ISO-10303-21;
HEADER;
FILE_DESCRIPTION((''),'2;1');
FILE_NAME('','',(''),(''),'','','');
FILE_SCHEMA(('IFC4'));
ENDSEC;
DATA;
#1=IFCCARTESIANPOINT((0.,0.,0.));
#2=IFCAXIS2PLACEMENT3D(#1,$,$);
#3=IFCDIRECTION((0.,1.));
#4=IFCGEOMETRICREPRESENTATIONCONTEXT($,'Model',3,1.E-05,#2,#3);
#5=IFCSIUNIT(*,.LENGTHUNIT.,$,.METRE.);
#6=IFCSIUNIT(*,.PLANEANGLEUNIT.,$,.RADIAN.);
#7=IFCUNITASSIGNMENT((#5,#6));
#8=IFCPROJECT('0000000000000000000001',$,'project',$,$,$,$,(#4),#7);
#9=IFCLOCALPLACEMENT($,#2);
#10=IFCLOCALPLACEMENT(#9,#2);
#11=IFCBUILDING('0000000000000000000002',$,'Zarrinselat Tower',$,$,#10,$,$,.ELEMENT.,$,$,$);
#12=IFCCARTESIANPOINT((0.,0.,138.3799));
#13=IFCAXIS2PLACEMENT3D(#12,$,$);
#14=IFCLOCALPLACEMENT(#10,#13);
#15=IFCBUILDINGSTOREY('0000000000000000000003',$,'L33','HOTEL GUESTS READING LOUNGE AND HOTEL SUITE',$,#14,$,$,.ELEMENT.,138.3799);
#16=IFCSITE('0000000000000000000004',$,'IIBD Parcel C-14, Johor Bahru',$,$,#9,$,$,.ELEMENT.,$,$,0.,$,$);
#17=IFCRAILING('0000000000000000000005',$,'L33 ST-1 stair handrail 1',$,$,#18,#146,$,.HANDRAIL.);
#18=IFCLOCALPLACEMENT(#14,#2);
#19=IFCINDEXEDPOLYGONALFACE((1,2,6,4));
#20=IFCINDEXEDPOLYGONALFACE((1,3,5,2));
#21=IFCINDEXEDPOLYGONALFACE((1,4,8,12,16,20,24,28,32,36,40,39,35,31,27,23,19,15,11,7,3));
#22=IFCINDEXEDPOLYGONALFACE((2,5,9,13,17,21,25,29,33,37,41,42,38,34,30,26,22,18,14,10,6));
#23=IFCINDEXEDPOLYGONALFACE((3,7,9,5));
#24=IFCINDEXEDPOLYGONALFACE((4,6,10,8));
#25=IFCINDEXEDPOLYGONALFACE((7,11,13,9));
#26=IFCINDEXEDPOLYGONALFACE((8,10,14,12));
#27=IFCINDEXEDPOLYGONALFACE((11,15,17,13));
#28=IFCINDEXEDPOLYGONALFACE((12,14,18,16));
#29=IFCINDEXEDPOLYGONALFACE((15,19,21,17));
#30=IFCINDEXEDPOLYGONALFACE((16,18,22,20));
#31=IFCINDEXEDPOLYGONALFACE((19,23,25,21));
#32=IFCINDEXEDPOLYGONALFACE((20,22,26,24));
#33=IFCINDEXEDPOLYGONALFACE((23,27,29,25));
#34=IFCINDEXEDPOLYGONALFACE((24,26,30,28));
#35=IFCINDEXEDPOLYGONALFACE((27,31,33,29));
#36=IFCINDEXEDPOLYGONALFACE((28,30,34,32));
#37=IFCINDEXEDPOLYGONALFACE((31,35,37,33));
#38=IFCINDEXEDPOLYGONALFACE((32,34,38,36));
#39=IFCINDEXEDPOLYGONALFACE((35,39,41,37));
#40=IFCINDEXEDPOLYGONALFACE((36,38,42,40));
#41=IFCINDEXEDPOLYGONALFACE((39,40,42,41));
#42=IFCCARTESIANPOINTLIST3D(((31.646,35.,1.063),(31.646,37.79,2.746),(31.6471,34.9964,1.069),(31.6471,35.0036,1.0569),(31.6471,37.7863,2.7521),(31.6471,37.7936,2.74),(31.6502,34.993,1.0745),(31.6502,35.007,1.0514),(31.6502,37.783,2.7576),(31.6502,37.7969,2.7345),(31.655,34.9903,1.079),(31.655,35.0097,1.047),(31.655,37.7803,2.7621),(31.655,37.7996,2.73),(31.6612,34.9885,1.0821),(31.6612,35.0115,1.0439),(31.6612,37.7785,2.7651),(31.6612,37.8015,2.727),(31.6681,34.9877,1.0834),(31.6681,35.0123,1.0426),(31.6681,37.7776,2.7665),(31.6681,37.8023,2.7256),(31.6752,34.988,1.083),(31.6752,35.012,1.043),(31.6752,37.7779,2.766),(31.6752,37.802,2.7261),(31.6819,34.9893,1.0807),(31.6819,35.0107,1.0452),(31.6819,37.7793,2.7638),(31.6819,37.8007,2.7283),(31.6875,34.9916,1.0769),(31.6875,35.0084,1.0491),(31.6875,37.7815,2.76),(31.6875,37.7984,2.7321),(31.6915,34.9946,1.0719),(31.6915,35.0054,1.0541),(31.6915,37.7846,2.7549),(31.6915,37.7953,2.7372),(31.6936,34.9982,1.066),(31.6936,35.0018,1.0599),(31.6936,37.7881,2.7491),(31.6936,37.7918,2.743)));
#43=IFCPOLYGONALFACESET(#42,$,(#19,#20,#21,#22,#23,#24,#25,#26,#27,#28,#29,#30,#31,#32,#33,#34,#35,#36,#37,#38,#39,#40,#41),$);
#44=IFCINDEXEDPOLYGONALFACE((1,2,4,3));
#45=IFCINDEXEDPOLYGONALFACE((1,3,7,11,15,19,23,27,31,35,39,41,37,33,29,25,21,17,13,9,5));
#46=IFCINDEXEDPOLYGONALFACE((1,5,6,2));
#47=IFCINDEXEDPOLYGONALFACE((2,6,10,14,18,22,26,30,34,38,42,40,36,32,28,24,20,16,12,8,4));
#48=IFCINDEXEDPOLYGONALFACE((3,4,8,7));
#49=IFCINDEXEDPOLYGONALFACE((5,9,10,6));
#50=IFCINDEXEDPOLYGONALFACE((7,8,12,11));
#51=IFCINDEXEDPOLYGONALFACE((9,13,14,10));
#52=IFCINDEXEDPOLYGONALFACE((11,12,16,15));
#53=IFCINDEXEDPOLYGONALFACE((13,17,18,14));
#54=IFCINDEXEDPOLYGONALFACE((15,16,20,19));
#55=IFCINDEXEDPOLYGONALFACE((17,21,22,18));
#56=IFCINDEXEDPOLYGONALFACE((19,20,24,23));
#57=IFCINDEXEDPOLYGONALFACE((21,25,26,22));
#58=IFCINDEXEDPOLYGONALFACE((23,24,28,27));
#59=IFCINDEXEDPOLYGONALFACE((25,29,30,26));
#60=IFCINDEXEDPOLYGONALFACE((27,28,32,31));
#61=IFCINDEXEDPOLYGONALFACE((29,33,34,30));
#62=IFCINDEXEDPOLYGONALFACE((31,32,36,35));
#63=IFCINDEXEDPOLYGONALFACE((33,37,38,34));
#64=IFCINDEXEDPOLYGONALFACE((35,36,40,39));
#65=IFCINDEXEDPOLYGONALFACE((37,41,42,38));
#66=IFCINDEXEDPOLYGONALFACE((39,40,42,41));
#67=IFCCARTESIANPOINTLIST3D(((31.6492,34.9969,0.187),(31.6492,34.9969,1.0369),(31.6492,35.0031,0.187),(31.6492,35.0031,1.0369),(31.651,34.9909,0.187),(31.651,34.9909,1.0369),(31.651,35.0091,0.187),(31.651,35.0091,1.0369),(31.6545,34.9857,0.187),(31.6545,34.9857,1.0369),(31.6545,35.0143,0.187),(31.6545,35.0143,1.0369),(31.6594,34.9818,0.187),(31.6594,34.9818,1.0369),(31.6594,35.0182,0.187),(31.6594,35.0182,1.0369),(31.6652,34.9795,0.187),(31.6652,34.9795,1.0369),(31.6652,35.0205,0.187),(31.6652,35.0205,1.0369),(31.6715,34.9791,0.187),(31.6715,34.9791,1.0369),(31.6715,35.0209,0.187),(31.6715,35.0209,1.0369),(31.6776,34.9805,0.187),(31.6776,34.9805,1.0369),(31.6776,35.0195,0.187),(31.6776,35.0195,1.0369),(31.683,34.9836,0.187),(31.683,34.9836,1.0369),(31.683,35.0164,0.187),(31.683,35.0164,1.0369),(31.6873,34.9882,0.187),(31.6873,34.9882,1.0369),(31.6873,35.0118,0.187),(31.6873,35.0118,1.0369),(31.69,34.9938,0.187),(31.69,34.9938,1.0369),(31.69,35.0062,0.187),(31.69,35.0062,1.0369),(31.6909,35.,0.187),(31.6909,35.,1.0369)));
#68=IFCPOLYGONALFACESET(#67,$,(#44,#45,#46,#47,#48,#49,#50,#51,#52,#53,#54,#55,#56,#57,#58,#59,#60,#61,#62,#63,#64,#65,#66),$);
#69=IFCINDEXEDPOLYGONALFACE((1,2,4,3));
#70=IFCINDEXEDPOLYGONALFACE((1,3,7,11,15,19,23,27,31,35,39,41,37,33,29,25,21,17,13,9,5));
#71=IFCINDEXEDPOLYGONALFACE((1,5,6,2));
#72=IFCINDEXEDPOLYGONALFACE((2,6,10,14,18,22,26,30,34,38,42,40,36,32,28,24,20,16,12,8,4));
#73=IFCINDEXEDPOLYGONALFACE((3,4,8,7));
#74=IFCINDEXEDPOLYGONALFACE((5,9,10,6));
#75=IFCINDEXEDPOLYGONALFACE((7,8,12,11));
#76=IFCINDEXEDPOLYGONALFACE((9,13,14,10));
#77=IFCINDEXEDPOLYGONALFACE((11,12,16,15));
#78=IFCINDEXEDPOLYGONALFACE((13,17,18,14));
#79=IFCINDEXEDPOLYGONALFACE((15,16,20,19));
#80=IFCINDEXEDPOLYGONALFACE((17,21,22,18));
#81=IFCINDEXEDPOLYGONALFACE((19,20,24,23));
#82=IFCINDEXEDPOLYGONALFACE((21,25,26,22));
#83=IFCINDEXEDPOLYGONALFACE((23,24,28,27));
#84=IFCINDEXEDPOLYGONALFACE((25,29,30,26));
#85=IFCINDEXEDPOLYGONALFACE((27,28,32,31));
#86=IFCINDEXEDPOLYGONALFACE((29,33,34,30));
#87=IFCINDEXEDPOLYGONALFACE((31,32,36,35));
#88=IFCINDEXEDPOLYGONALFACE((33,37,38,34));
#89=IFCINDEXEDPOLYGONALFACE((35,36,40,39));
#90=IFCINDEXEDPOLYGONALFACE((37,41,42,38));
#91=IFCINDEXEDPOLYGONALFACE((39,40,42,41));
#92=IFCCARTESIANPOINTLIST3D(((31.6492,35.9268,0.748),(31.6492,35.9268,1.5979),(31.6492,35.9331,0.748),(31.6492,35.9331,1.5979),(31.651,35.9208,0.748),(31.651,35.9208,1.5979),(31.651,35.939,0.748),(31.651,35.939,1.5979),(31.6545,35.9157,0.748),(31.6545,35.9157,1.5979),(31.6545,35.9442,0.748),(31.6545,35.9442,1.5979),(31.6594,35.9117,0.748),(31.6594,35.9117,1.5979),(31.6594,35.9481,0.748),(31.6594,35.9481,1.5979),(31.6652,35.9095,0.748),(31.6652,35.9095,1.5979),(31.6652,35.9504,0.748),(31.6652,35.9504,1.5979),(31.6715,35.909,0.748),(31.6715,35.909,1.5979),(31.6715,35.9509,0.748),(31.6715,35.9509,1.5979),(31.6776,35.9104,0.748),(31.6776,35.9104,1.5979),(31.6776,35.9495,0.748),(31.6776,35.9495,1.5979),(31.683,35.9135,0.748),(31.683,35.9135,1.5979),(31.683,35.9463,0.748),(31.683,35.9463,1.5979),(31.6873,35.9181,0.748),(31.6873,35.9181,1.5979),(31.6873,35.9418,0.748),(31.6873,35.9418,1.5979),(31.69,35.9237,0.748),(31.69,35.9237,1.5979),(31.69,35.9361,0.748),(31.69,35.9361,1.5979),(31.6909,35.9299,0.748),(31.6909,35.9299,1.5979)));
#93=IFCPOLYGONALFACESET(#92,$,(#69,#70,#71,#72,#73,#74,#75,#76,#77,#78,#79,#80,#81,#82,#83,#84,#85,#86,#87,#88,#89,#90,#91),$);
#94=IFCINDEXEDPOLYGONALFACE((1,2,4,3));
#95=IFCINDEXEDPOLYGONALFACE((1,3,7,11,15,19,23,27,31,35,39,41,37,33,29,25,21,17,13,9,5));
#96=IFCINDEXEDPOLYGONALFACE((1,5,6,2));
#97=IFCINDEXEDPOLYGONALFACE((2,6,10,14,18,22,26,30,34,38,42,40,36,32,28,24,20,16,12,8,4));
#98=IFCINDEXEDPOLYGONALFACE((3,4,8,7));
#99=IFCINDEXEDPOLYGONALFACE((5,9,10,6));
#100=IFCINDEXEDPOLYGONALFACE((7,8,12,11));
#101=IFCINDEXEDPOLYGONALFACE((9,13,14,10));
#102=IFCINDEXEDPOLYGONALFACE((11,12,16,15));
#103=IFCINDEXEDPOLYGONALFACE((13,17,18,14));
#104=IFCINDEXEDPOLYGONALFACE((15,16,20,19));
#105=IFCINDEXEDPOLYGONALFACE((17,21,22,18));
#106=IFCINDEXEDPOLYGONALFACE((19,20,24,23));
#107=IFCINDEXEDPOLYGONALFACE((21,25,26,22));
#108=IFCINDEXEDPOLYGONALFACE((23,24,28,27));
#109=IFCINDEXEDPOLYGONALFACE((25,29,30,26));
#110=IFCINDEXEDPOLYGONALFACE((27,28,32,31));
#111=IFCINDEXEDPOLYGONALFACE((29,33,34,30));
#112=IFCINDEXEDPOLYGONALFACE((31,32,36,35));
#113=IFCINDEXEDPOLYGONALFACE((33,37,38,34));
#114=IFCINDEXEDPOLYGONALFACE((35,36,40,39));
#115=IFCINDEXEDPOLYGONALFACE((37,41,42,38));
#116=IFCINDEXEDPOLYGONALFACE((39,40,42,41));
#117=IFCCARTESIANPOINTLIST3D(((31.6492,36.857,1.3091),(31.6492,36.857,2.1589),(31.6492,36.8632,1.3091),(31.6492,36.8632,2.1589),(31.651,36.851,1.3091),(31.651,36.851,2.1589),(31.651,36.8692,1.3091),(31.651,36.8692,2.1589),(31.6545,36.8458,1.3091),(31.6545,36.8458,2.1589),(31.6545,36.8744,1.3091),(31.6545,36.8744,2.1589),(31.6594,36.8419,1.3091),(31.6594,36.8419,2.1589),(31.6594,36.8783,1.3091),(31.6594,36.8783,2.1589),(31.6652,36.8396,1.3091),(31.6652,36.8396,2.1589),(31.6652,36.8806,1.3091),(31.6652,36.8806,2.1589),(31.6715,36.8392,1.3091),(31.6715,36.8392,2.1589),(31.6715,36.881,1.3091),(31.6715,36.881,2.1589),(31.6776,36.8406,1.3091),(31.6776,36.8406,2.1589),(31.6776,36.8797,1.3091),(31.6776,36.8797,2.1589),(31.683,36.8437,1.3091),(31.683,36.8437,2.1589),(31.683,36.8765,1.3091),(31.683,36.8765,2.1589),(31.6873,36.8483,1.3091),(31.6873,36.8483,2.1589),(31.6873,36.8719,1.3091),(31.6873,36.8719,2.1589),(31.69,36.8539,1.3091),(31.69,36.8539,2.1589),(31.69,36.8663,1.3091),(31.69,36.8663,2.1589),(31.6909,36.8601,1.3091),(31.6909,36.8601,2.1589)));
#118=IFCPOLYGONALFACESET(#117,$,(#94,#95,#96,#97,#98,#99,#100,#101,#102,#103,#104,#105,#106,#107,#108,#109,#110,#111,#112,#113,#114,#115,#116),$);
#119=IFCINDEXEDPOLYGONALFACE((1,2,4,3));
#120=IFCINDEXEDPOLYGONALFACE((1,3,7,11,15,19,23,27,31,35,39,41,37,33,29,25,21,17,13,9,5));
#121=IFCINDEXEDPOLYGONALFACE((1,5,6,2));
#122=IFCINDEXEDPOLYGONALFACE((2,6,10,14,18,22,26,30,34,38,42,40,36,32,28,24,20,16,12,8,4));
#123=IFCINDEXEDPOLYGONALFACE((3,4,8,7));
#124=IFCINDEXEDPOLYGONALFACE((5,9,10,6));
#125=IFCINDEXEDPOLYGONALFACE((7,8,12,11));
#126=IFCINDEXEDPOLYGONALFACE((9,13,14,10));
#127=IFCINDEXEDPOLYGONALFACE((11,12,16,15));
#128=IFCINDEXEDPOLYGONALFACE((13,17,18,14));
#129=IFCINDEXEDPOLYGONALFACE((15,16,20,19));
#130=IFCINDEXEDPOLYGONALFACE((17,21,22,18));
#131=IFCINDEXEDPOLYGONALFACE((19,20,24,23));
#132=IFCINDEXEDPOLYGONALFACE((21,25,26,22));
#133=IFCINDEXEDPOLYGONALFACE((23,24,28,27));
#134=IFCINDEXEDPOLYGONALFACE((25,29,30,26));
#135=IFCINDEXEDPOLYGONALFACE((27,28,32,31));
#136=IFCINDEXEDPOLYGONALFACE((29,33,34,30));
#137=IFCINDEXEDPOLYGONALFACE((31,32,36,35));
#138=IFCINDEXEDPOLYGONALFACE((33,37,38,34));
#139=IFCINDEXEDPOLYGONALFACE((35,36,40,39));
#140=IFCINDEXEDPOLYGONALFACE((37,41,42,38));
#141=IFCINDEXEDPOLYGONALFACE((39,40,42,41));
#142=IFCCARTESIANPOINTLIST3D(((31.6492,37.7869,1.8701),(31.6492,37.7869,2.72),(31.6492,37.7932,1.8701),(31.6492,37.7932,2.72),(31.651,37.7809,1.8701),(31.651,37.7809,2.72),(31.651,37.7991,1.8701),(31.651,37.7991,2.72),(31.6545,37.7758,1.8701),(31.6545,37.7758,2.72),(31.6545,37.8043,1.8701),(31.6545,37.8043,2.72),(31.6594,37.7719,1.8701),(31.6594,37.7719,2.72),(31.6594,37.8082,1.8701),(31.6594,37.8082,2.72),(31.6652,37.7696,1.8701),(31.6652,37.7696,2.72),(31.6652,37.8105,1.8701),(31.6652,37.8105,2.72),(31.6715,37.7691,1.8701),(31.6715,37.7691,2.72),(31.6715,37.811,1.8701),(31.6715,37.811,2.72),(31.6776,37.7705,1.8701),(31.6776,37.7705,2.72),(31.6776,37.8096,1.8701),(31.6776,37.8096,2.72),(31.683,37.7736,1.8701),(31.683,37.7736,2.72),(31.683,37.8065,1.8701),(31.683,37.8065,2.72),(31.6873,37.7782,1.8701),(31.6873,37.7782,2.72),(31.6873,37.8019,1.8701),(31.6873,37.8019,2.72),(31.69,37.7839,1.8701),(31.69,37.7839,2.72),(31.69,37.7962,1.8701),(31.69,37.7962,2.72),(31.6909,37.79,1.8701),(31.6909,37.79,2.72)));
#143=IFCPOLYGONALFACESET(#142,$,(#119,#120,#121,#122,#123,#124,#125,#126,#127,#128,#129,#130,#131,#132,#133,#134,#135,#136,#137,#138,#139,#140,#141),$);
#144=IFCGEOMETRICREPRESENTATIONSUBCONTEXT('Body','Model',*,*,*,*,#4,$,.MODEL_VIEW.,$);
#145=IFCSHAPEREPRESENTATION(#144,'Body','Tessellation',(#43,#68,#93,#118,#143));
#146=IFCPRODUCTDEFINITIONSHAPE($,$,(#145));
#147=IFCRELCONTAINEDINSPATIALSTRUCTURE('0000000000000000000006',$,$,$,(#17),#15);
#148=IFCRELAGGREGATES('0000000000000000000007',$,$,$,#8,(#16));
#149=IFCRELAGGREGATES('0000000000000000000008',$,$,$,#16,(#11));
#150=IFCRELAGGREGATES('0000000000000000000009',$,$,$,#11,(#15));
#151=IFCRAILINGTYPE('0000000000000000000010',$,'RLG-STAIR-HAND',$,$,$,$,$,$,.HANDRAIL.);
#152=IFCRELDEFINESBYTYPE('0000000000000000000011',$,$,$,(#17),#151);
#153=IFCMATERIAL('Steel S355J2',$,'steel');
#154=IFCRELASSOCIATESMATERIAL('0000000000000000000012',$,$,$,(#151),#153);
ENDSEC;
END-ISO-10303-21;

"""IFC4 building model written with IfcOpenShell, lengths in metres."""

from ifc_helpers import new_model, si_unit, direction, frame, origin, origin_2d, place, context, subcontext, project, spatial, circle, extrude, material, type_object, element, save


model = new_model("IFC4")

# Units and contexts
model_context = context("Model", 3, precision=1e-05, world=origin(), true_north=direction((0.0, 1.0)))
body_context = subcontext(model_context, "Body", "Model", "MODEL_VIEW")
ifc_project = project(units=[si_unit("LENGTHUNIT", "METRE"), si_unit("PLANEANGLEUNIT", "RADIAN")], contexts=[model_context])

# Site, building, storey
site_placement = place(None, origin())
site = spatial("IfcSite", under=ifc_project, at=site_placement, Name="IIBD Parcel C-14, Johor Bahru", CompositionType="ELEMENT", RefElevation=0.0)
building_placement = place(site_placement, origin())
building = spatial("IfcBuilding", under=site, at=building_placement, Name="Zarrinselat Tower", CompositionType="ELEMENT")
storey_placement = place(building_placement, frame((0.0, 0.0, 138.3799)))
storey = spatial("IfcBuildingStorey", under=building, at=storey_placement, Name="L33", Description="HOTEL GUESTS READING LOUNGE AND HOTEL SUITE", CompositionType="ELEMENT", Elevation=138.3799)

# Railing
ifc_material_1 = material(Name="Steel S355J2", Category="steel")
railing_type_1 = type_object("IfcRailingType", Name="RLG-STAIR-HAND", PredefinedType="HANDRAIL", material=ifc_material_1)
railing_1_placement = place(storey_placement, frame((31.6699, 35.0, 0.187)))
element("IfcRailing", 1, at=railing_1_placement, inside=storey, type_object=railing_type_1, Name="L33 ST-1 stair handrail 1", PredefinedType="HANDRAIL", context=body_context, shape_type="SweptSolid", body=[
    extrude(circle(Radius=0.0239, at=origin_2d()), frame((0.0, 0.0, 0.876), z_axis=(0.0, 0.856261, 0.516544), x_axis=(-1.0, 0.0, 0.0)), (0.0, 0.0, 1.0), 3.2583),
    extrude(circle(Radius=0.021, at=origin_2d()), origin(), (0.0, 0.0, 1.0), 0.8499),
    extrude(circle(Radius=0.021, at=origin_2d()), frame((0.0, 0.9299, 0.561)), (0.0, 0.0, 1.0), 0.8499),
    extrude(circle(Radius=0.021, at=origin_2d()), frame((0.0, 1.8601, 1.1221)), (0.0, 0.0, 1.0), 0.8499),
    extrude(circle(Radius=0.021, at=origin_2d()), frame((0.0, 2.79, 1.6831)), (0.0, 0.0, 1.0), 0.8499),
])

save(model, "model.ifc")
